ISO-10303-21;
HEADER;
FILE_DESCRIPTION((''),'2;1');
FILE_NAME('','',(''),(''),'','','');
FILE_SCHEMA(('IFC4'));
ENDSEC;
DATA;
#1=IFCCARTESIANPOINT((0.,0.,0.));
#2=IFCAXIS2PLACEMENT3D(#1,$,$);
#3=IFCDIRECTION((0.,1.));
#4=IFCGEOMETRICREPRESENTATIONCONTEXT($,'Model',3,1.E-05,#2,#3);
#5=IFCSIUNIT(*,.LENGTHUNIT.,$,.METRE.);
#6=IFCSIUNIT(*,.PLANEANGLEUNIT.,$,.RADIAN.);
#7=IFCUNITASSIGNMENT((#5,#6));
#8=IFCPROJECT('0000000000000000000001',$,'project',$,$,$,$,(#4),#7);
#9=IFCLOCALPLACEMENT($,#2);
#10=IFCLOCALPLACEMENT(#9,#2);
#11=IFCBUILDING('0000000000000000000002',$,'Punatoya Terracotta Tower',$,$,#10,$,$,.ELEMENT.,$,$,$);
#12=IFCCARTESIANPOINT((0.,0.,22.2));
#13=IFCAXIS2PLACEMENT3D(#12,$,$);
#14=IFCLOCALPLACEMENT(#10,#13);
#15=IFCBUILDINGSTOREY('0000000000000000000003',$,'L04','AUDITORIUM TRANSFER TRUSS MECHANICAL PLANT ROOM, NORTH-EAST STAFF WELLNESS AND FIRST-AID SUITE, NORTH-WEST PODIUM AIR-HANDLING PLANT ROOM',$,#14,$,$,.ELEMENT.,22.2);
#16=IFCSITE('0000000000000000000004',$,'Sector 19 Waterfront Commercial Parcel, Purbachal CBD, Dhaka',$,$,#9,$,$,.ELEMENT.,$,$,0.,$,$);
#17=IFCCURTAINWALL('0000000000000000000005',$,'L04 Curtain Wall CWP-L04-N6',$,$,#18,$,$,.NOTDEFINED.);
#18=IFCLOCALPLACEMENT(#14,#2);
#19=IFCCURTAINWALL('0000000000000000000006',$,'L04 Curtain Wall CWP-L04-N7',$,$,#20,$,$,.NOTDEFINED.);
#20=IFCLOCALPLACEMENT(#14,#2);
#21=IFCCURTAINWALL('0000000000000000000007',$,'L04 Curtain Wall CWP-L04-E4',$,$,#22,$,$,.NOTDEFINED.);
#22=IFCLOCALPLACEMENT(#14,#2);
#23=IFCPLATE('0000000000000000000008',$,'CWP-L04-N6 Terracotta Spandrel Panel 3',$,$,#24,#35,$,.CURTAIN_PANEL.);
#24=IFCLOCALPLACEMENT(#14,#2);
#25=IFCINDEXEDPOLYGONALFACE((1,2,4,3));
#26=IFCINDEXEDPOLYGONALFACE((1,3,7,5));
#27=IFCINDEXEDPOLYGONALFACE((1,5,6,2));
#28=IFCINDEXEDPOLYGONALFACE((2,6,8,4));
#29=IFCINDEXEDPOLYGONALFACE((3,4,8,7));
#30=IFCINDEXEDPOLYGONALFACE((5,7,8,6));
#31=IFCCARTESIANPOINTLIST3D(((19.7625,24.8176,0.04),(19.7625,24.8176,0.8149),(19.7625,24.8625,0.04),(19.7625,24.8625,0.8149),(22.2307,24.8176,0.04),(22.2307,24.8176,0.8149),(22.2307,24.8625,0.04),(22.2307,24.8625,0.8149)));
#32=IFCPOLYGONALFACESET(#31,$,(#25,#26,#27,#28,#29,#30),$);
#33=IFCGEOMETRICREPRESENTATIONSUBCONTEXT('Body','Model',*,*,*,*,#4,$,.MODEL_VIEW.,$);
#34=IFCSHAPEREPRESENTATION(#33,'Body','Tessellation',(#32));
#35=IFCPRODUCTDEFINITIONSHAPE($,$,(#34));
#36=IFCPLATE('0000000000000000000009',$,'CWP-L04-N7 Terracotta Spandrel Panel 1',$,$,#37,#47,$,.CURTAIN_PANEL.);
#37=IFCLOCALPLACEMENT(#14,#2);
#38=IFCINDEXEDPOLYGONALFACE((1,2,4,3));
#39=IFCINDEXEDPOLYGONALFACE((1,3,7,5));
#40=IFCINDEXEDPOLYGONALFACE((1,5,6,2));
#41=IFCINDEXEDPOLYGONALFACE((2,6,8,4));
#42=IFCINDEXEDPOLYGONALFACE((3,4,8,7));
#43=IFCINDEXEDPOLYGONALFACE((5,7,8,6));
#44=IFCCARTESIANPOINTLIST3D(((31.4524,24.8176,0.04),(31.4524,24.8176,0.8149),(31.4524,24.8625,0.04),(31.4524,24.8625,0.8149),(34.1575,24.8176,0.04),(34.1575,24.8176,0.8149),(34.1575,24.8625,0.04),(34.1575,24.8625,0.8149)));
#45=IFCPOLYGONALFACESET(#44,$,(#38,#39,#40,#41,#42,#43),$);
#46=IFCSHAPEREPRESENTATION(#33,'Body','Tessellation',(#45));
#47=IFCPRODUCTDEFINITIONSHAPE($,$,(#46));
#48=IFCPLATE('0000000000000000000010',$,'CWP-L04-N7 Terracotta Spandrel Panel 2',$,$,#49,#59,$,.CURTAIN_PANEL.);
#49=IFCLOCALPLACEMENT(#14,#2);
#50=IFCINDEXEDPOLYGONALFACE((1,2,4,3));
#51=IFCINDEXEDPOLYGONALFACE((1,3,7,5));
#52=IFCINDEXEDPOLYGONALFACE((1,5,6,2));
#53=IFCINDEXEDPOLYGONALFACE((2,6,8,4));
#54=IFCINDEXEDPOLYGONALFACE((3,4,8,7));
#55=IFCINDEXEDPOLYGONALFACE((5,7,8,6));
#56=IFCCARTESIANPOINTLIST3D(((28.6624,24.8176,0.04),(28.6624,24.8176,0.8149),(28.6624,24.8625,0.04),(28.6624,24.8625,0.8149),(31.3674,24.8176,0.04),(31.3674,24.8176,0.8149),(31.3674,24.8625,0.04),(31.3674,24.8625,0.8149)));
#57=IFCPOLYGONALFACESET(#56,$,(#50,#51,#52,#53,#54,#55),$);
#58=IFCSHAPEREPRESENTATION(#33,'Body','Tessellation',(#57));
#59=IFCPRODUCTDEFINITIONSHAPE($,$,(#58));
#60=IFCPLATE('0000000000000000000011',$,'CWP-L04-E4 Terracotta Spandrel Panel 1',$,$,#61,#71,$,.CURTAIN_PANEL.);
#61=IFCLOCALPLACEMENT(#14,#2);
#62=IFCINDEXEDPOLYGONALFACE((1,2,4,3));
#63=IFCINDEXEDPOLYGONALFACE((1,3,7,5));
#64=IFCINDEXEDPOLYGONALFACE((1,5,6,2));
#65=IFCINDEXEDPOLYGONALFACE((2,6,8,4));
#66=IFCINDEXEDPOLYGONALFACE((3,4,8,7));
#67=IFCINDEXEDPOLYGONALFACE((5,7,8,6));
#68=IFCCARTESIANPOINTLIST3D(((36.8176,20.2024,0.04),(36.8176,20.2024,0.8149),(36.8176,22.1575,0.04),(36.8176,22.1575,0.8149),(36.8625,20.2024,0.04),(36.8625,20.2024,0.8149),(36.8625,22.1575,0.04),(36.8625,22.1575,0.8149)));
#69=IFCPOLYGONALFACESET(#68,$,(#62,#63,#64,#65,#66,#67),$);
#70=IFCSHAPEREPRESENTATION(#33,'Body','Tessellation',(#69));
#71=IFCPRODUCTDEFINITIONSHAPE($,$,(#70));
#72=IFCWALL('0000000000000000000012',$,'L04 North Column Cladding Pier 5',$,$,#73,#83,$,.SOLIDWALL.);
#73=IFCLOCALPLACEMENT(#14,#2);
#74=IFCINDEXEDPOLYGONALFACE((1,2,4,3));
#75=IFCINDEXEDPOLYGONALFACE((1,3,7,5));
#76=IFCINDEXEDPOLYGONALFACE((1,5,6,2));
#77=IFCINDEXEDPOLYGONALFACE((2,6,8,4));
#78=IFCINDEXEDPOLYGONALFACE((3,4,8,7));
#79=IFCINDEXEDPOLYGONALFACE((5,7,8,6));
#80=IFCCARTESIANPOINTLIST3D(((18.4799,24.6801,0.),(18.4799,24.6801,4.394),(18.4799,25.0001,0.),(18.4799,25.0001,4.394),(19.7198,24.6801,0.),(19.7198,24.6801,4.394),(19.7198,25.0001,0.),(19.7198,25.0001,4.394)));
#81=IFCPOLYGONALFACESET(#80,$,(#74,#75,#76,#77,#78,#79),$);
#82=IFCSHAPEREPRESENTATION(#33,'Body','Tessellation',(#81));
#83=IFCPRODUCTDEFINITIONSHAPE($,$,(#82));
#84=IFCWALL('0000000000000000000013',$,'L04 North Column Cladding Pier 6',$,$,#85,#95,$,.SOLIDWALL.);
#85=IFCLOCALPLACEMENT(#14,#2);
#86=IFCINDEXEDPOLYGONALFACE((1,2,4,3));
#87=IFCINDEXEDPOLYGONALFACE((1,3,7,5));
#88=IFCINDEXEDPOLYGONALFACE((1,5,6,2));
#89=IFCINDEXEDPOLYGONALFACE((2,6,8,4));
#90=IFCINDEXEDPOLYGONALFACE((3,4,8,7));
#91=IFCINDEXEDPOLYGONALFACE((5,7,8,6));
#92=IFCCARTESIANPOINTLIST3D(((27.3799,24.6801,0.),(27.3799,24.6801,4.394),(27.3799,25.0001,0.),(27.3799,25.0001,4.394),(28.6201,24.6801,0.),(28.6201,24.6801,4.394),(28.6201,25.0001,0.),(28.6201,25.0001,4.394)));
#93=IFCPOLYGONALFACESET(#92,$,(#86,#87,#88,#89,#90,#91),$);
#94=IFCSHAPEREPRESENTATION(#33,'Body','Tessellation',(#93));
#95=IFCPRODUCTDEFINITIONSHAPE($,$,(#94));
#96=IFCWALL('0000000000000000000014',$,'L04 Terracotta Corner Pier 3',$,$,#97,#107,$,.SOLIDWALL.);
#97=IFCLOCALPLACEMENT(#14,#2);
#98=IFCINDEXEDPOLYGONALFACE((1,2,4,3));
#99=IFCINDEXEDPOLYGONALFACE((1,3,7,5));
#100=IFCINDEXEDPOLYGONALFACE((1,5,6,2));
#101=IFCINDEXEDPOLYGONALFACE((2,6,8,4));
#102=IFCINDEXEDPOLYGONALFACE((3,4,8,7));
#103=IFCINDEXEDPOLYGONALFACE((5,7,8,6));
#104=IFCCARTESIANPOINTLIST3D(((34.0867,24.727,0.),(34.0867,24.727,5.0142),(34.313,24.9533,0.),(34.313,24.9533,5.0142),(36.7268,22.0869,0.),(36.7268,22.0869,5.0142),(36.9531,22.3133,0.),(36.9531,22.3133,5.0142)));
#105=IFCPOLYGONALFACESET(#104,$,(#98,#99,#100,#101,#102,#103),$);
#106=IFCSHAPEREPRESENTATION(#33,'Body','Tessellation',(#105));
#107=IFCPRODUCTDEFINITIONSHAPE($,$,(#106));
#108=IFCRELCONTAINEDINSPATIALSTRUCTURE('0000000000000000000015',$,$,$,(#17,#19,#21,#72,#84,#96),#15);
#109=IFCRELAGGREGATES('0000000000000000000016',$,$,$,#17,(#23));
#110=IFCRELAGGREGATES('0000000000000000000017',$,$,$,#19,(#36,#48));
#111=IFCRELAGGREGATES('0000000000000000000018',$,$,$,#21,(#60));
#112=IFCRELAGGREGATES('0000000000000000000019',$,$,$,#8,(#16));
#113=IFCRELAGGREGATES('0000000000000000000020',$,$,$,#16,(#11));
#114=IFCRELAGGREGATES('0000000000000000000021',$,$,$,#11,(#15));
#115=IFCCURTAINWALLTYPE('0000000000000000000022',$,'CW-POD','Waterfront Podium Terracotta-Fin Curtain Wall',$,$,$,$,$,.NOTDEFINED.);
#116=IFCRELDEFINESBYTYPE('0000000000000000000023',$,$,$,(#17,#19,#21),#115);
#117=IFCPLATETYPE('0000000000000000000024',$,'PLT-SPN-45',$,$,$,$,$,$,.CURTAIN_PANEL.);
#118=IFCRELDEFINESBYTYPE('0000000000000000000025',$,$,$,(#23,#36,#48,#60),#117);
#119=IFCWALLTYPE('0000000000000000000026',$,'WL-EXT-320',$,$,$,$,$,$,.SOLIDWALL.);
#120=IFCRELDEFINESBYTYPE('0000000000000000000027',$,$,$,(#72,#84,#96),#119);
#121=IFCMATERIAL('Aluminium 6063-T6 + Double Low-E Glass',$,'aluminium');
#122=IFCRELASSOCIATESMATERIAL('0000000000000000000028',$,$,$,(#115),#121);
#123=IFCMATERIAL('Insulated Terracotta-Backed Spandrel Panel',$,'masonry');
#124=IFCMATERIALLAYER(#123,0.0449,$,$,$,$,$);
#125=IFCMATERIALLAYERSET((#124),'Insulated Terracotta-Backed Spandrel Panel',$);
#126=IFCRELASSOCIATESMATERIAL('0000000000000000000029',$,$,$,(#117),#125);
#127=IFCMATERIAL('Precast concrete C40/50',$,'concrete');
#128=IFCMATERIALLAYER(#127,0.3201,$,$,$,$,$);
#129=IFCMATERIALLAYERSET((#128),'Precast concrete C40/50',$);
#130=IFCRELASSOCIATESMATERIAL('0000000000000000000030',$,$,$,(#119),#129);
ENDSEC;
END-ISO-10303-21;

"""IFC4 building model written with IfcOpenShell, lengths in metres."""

from ifc_helpers import new_model, si_unit, direction, frame, frame_2d, origin, origin_2d, place, context, subcontext, project, spatial, rectangle, extrude, material, layer, layer_set, type_object, element, aggregate, save


model = new_model("IFC4")

# Units and contexts
model_context = context("Model", 3, precision=1e-05, world=origin(), true_north=direction((0.0, 1.0)))
body_context = subcontext(model_context, "Body", "Model", "MODEL_VIEW")
ifc_project = project(units=[si_unit("LENGTHUNIT", "METRE"), si_unit("PLANEANGLEUNIT", "RADIAN")], contexts=[model_context])

# Site, building, storey
site_placement = place(None, origin())
site = spatial("IfcSite", under=ifc_project, at=site_placement, Name="Sector 19 Waterfront Commercial Parcel, Purbachal CBD, Dhaka", CompositionType="ELEMENT", RefElevation=0.0)
building_placement = place(site_placement, origin())
building = spatial("IfcBuilding", under=site, at=building_placement, Name="Punatoya Terracotta Tower", CompositionType="ELEMENT")
storey_placement = place(building_placement, frame((0.0, 0.0, 22.2)))
storey = spatial("IfcBuildingStorey", under=building, at=storey_placement, Name="L04", Description="AUDITORIUM TRANSFER TRUSS MECHANICAL PLANT ROOM, NORTH-EAST STAFF WELLNESS AND FIRST-AID SUITE, NORTH-WEST PODIUM AIR-HANDLING PLANT ROOM", CompositionType="ELEMENT", Elevation=22.2)

# Curtain walls
ifc_material_1 = material(Name="Aluminium 6063-T6 + Double Low-E Glass", Category="aluminium")
curtain_wall_type = type_object("IfcCurtainWallType", Name="CW-POD", Description="Waterfront Podium Terracotta-Fin Curtain Wall", PredefinedType="NOTDEFINED", material=ifc_material_1)
curtain_wall_1_placement = place(storey_placement, origin())
curtain_wall_1 = element("IfcCurtainWall", 1, at=curtain_wall_1_placement, inside=storey, type_object=curtain_wall_type, Name="L04 Curtain Wall CWP-L04-N6", PredefinedType="NOTDEFINED")
curtain_wall_2_placement = place(storey_placement, origin())
curtain_wall_2 = element("IfcCurtainWall", 2, at=curtain_wall_2_placement, inside=storey, type_object=curtain_wall_type, Name="L04 Curtain Wall CWP-L04-N7", PredefinedType="NOTDEFINED")
curtain_wall_3_placement = place(storey_placement, origin())
curtain_wall_3 = element("IfcCurtainWall", 3, at=curtain_wall_3_placement, inside=storey, type_object=curtain_wall_type, Name="L04 Curtain Wall CWP-L04-E4", PredefinedType="NOTDEFINED")

# Plates
ifc_material_2 = material(Name="Insulated Terracotta-Backed Spandrel Panel", Category="masonry")
ifc_layer_1 = layer(ifc_material_2, 0.0449)
ifc_layer_set_1 = layer_set([ifc_layer_1], Name="Insulated Terracotta-Backed Spandrel Panel")
plate_type_1 = type_object("IfcPlateType", Name="PLT-SPN-45", PredefinedType="CURTAIN_PANEL", material=ifc_layer_set_1)
plate_1_placement = place(storey_placement, frame((20.9966, 24.8401, 0.04), z_axis=(0.0, 0.0, 1.0), x_axis=(-1.0, 0.0, 0.0)))
plate_1 = element("IfcPlate", 4, at=plate_1_placement, type_object=plate_type_1, Name="CWP-L04-N6 Terracotta Spandrel Panel 3", PredefinedType="CURTAIN_PANEL", context=body_context, shape_type="SweptSolid", body=[
    extrude(rectangle(XDim=2.4683, YDim=0.0449, at=origin_2d()), origin(), (0.0, 0.0, 1.0), 0.7749),
])
aggregate(curtain_wall_1, [plate_1])
plate_2_placement = place(storey_placement, frame((32.8049, 24.8401, 0.04), z_axis=(0.0, 0.0, 1.0), x_axis=(-1.0, 0.0, 0.0)))
plate_2 = element("IfcPlate", 5, at=plate_2_placement, type_object=plate_type_1, Name="CWP-L04-N7 Terracotta Spandrel Panel 1", PredefinedType="CURTAIN_PANEL", context=body_context, shape_type="SweptSolid", body=[
    extrude(rectangle(XDim=2.7051, YDim=0.0449, at=origin_2d()), origin(), (0.0, 0.0, 1.0), 0.7749),
])
plate_3_placement = place(storey_placement, frame((30.0149, 24.8401, 0.04), z_axis=(0.0, 0.0, 1.0), x_axis=(-1.0, 0.0, 0.0)))
plate_3 = element("IfcPlate", 6, at=plate_3_placement, type_object=plate_type_1, Name="CWP-L04-N7 Terracotta Spandrel Panel 2", PredefinedType="CURTAIN_PANEL", context=body_context, shape_type="SweptSolid", body=[
    extrude(rectangle(XDim=2.7051, YDim=0.0449, at=origin_2d()), origin(), (0.0, 0.0, 1.0), 0.7749),
])
aggregate(curtain_wall_2, [plate_2, plate_3])
plate_4_placement = place(storey_placement, frame((36.8401, 21.1799, 0.04), z_axis=(0.0, 0.0, 1.0), x_axis=(0.0, -1.0, 0.0)))
plate_4 = element("IfcPlate", 7, at=plate_4_placement, type_object=plate_type_1, Name="CWP-L04-E4 Terracotta Spandrel Panel 1", PredefinedType="CURTAIN_PANEL", context=body_context, shape_type="SweptSolid", body=[
    extrude(rectangle(XDim=1.9551, YDim=0.0449, at=origin_2d()), origin(), (0.0, 0.0, 1.0), 0.7749),
])
aggregate(curtain_wall_3, [plate_4])

# Walls
ifc_material_3 = material(Name="Precast concrete C40/50", Category="concrete")
ifc_layer_2 = layer(ifc_material_3, 0.3201)
ifc_layer_set_2 = layer_set([ifc_layer_2], Name="Precast concrete C40/50")
wall_type = type_object("IfcWallType", Name="WL-EXT-320", PredefinedType="SOLIDWALL", material=ifc_layer_set_2)
wall_1_placement = place(storey_placement, frame((19.72, 24.8401, 0.0), z_axis=(0.0, 0.0, 1.0), x_axis=(-1.0, 0.0, 0.0)))
element("IfcWall", 8, at=wall_1_placement, inside=storey, type_object=wall_type, Name="L04 North Column Cladding Pier 5", PredefinedType="SOLIDWALL", context=body_context, shape_type="SweptSolid", body=[
    extrude(rectangle(XDim=1.24, YDim=0.3201, at=frame_2d((0.6201, 0.0))), origin(), (0.0, 0.0, 1.0), 4.394),
])
wall_2_placement = place(storey_placement, frame((28.6201, 24.8401, 0.0), z_axis=(0.0, 0.0, 1.0), x_axis=(-1.0, 0.0, 0.0)))
element("IfcWall", 9, at=wall_2_placement, inside=storey, type_object=wall_type, Name="L04 North Column Cladding Pier 6", PredefinedType="SOLIDWALL", context=body_context, shape_type="SweptSolid", body=[
    extrude(rectangle(XDim=1.2402, YDim=0.3201, at=frame_2d((0.6201, 0.0))), origin(), (0.0, 0.0, 1.0), 4.394),
])
wall_3_placement = place(storey_placement, frame((34.2, 24.8401, 0.0), z_axis=(0.0, 0.0, 1.0), x_axis=(0.707107, -0.707107, 0.0)))
element("IfcWall", 10, at=wall_3_placement, inside=storey, type_object=wall_type, Name="L04 Terracotta Corner Pier 3", PredefinedType="SOLIDWALL", context=body_context, shape_type="SweptSolid", body=[
    extrude(rectangle(XDim=3.7336, YDim=0.3201, at=frame_2d((1.8667, 0.0))), origin(), (0.0, 0.0, 1.0), 5.0142),
])

save(model, "model.ifc")
